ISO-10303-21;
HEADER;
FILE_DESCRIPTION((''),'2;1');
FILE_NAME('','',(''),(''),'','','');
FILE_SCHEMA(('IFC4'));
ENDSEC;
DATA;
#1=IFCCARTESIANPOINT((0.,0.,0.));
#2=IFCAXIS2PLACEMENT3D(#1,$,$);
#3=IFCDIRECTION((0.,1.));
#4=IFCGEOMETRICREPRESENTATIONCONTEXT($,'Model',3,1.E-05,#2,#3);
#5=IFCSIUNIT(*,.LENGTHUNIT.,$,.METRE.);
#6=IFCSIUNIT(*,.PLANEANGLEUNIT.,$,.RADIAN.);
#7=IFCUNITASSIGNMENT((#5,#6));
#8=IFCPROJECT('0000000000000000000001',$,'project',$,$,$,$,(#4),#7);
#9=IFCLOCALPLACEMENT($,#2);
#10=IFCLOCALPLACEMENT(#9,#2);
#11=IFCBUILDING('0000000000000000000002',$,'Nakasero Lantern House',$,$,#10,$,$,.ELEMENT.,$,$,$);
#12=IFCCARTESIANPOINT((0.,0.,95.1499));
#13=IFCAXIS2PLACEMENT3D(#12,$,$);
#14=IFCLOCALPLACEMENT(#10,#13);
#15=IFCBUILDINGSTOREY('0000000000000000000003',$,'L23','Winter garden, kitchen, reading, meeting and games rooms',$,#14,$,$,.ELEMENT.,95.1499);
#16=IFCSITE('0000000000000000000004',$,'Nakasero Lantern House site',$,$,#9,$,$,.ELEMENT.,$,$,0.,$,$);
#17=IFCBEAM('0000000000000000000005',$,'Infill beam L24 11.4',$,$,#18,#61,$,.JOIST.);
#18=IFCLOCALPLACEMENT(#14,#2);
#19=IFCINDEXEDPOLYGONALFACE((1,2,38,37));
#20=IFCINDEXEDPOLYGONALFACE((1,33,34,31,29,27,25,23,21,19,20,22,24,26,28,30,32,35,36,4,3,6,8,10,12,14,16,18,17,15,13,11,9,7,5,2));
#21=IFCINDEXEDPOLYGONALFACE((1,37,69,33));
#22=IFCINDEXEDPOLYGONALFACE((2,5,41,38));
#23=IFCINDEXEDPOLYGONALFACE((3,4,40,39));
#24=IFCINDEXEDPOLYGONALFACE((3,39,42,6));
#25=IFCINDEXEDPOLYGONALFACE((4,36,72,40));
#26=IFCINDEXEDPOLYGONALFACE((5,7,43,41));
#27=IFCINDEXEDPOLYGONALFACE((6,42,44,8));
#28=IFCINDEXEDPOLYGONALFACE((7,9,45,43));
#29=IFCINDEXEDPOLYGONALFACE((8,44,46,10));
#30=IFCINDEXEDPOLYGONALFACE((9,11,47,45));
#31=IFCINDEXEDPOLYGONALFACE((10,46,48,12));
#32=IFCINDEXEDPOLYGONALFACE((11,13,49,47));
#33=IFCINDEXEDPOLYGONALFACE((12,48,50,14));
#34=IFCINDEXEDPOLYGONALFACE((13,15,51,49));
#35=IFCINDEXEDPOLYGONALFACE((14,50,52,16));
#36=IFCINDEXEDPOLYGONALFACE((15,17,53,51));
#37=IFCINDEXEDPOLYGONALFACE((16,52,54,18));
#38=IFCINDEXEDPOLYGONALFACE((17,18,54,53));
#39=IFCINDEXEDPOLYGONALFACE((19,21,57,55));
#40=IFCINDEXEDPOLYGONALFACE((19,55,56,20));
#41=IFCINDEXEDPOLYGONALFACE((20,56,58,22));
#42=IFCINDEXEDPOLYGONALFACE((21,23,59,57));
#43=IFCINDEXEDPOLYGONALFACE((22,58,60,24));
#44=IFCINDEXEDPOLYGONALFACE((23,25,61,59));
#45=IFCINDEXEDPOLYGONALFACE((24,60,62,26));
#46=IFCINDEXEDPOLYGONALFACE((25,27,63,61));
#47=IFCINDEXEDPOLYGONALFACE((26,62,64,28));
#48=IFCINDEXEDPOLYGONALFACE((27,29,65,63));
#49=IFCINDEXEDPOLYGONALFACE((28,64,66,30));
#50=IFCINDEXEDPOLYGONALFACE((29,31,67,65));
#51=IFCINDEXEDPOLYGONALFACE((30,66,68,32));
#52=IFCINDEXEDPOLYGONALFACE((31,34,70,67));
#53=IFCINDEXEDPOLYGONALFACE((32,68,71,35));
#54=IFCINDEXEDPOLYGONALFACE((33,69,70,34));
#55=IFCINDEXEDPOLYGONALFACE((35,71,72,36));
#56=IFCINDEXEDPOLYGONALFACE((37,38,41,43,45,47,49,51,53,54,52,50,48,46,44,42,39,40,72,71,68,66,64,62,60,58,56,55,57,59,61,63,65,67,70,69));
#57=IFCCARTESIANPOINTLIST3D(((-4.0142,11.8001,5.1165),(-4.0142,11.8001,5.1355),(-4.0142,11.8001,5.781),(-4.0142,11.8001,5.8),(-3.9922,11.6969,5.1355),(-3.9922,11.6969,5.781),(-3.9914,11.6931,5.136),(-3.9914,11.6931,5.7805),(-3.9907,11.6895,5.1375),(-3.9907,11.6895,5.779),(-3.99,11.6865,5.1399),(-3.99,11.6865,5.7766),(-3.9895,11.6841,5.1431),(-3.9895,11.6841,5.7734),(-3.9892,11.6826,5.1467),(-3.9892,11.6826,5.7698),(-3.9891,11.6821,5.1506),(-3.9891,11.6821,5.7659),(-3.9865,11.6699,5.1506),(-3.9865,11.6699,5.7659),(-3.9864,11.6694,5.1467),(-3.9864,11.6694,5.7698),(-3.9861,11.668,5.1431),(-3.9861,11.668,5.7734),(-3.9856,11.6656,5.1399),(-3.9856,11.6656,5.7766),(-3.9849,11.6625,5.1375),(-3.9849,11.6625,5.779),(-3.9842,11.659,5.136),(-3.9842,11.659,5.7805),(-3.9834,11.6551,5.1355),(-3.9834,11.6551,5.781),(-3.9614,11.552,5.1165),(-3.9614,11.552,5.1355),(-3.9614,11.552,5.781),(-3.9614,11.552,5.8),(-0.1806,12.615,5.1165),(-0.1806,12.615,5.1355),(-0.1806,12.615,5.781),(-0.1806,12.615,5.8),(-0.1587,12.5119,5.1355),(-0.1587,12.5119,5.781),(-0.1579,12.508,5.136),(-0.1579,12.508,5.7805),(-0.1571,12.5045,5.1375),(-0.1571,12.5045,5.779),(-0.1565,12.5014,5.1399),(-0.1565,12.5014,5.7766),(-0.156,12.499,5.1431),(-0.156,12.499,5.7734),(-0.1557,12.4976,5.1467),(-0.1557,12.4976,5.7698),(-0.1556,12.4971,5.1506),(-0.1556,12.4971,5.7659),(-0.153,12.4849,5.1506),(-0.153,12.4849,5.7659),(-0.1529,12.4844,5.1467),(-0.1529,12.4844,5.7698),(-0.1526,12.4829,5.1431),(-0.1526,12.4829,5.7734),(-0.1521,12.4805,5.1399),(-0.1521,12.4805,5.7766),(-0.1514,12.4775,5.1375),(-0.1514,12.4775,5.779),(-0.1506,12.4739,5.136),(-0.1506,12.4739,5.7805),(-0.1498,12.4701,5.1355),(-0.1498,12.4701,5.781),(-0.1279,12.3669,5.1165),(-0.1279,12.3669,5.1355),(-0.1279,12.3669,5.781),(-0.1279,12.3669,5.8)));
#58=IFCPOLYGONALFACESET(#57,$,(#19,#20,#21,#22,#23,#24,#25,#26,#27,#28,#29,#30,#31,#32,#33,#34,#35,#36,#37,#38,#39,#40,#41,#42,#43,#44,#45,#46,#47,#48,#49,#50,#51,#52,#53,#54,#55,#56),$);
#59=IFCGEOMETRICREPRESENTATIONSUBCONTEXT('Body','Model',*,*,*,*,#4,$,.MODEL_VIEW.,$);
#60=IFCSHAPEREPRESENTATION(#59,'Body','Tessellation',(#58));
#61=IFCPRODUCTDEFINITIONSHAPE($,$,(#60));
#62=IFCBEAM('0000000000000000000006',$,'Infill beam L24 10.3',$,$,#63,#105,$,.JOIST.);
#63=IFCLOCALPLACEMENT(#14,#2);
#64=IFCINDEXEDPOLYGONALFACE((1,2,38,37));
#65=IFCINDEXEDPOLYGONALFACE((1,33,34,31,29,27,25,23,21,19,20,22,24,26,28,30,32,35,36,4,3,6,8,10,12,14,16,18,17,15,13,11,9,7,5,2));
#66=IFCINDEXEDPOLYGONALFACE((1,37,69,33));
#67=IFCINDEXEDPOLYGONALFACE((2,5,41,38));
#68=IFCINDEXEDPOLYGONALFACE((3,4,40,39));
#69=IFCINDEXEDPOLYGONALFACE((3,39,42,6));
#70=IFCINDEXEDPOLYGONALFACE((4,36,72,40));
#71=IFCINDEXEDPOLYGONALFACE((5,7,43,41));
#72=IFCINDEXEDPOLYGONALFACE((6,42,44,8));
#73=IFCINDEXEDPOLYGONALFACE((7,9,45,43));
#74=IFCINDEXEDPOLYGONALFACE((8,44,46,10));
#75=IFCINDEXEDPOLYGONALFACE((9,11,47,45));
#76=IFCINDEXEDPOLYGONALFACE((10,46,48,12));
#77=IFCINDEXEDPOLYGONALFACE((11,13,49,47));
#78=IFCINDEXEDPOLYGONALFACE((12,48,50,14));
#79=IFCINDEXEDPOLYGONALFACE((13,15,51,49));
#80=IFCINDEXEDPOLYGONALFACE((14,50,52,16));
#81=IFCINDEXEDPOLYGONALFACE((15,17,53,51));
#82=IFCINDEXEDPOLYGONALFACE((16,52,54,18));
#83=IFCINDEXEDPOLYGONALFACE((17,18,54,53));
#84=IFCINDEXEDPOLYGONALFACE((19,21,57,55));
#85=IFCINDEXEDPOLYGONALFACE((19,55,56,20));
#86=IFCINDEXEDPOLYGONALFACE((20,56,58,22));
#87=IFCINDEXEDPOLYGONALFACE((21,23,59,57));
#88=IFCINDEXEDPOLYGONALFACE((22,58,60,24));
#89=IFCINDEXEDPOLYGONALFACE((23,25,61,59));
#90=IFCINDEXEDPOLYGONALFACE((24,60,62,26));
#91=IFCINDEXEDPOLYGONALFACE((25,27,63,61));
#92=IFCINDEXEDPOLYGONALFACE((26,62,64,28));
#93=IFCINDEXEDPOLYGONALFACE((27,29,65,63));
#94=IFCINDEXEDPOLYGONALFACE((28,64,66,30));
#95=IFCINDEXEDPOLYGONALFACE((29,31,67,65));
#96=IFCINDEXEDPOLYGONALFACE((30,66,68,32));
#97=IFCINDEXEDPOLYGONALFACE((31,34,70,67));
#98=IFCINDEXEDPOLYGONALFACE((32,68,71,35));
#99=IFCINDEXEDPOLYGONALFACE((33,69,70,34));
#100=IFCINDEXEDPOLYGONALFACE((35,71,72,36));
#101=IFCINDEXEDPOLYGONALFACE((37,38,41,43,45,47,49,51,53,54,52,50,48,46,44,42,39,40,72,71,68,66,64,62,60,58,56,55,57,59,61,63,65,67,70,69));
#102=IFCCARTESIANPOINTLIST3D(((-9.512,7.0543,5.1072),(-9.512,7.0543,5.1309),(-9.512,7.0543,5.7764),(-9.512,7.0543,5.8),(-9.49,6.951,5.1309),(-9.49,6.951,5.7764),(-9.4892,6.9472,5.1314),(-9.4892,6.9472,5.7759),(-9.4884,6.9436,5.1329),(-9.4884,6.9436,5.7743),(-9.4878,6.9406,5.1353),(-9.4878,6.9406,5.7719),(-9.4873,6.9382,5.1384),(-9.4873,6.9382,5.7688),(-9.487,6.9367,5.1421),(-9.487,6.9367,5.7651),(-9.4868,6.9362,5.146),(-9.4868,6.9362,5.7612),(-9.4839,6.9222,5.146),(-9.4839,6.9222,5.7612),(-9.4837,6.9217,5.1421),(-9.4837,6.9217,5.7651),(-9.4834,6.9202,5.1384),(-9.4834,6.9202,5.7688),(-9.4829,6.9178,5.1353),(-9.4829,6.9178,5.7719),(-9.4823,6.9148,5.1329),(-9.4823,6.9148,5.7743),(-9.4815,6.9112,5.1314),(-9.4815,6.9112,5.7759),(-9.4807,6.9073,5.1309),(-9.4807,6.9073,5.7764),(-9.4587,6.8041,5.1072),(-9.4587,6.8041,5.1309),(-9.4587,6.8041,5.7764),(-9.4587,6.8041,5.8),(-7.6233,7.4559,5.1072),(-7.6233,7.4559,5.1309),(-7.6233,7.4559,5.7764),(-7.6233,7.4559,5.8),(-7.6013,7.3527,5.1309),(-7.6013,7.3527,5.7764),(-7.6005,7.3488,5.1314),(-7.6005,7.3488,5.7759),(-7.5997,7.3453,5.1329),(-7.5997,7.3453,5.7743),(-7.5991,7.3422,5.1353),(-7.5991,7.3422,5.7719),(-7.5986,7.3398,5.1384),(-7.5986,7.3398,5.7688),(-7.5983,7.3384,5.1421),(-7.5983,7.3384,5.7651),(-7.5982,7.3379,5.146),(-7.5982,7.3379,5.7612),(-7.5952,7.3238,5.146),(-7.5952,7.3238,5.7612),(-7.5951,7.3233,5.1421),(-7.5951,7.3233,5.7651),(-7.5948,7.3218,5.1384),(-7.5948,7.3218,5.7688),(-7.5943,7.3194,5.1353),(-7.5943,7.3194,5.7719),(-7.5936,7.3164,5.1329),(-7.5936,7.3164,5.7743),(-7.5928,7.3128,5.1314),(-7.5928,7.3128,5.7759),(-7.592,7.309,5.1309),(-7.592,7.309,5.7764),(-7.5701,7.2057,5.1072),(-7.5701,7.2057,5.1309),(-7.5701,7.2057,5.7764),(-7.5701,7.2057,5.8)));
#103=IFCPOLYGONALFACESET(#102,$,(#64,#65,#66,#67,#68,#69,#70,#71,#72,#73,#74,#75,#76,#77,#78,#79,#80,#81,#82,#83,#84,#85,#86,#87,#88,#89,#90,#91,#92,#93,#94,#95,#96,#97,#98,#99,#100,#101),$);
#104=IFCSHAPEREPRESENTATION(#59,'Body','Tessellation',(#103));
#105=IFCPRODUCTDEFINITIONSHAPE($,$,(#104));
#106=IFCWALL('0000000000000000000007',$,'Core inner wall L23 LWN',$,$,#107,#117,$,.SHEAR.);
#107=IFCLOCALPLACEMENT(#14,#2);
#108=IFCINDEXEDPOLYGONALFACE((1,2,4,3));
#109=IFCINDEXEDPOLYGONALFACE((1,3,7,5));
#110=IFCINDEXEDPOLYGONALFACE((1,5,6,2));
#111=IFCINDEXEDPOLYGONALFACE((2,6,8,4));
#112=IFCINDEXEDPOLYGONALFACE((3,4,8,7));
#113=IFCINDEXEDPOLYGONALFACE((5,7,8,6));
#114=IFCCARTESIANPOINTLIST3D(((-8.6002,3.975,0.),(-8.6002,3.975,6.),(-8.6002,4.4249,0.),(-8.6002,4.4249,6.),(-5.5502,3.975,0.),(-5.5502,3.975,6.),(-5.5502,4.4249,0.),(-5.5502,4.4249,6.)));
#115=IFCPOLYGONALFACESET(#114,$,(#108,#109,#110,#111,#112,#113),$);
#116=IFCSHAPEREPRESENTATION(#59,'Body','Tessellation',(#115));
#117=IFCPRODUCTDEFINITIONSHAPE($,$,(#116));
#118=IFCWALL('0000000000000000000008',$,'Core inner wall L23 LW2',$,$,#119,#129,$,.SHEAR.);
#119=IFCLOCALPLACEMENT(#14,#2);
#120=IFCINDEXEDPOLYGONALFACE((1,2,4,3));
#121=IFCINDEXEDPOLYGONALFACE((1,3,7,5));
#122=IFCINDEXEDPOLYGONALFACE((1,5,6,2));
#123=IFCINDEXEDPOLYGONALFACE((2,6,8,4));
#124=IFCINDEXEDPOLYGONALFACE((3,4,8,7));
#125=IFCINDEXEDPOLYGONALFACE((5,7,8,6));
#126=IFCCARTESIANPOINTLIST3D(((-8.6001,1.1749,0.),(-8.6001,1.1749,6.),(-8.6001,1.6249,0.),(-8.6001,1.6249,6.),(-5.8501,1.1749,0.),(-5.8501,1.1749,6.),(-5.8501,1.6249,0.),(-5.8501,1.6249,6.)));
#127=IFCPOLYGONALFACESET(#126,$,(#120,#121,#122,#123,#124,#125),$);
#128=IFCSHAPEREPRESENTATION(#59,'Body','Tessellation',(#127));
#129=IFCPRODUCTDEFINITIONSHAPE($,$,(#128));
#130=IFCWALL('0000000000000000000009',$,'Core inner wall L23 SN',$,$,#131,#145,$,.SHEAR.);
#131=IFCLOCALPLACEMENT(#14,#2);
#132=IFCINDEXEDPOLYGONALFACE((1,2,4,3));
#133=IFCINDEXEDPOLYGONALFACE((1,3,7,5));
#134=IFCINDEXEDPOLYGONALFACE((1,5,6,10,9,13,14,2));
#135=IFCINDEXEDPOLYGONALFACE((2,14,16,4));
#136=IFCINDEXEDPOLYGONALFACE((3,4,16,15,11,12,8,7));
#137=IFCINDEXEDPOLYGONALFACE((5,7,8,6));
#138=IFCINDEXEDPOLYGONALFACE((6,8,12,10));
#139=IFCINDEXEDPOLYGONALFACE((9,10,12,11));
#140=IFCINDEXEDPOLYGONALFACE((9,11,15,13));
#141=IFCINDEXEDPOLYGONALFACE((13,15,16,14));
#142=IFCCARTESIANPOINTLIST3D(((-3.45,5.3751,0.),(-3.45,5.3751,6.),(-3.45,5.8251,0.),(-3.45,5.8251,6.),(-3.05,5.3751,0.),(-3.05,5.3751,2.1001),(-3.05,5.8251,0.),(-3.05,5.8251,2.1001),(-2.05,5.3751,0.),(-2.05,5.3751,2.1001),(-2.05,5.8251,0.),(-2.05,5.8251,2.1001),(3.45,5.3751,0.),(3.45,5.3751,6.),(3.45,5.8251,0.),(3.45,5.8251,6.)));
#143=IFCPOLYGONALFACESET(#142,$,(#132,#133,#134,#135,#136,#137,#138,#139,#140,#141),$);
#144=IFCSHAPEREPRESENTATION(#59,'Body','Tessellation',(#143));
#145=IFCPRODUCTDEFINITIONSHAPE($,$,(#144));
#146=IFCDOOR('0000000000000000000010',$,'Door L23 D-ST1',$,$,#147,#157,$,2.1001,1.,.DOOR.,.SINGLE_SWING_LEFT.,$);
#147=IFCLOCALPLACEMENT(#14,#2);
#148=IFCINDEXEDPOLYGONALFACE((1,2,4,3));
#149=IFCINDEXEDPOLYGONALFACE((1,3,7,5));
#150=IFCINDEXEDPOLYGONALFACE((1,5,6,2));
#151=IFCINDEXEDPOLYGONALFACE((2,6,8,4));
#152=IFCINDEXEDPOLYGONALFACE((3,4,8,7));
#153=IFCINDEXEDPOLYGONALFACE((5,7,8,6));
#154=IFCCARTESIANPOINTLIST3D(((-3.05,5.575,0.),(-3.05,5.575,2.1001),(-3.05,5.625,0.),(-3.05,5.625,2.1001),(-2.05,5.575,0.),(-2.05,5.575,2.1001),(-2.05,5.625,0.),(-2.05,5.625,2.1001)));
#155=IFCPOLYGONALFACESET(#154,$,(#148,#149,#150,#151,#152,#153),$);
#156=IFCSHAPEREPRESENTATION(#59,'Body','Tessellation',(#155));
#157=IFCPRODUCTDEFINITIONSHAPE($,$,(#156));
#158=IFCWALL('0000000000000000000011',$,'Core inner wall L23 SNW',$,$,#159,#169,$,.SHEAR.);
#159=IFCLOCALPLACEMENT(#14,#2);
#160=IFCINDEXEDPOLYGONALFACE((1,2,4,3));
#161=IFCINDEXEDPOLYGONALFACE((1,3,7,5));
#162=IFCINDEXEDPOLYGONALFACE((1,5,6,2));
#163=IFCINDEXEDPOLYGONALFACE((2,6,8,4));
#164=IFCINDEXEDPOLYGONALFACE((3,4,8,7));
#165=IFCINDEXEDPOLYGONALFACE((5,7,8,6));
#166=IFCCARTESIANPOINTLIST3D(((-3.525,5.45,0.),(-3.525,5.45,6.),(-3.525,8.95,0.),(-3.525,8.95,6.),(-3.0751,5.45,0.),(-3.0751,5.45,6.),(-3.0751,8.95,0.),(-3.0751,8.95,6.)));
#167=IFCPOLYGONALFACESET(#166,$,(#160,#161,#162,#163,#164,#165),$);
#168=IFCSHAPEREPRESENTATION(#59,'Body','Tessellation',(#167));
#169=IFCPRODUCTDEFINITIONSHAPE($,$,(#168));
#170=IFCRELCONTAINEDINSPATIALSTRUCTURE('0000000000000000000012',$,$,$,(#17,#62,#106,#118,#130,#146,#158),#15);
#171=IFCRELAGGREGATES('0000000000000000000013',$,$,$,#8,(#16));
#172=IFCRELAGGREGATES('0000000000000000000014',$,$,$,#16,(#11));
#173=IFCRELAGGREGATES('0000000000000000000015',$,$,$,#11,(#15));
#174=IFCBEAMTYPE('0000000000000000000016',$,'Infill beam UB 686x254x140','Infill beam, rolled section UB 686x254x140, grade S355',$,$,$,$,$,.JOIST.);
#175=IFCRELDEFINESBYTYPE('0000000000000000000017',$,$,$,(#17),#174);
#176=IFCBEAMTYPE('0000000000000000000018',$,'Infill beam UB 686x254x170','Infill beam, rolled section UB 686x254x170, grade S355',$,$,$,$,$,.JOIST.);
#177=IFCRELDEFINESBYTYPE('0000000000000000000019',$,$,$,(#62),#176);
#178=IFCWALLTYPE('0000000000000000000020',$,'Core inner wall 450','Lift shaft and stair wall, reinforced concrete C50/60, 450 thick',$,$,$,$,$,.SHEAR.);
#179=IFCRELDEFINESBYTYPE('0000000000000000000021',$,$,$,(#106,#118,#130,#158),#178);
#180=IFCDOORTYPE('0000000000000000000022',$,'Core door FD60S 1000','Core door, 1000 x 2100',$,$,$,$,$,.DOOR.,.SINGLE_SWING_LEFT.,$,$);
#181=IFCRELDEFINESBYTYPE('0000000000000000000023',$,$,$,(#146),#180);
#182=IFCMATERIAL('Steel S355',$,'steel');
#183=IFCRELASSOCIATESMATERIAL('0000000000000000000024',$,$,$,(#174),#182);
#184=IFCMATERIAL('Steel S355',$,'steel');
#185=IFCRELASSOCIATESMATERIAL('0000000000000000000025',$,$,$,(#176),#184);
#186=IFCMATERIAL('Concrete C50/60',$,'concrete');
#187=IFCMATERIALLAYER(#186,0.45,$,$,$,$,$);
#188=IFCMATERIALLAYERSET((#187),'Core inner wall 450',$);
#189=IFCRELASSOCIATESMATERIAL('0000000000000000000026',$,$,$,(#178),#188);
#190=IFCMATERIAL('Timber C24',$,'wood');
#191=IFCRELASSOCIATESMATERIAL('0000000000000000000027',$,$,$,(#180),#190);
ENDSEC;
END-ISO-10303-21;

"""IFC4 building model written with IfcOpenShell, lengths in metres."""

from ifc_helpers import new_model, si_unit, direction, frame, frame_2d, origin, origin_2d, place, context, subcontext, project, spatial, rectangle, i_section, extrude, material, layer, layer_set, material_profile, profile_set, type_object, element, fill, save


model = new_model("IFC4")

# Units and contexts
model_context = context("Model", 3, precision=1e-05, world=origin(), true_north=direction((0.0, 1.0)))
body_context = subcontext(model_context, "Body", "Model", "MODEL_VIEW")
ifc_project = project(units=[si_unit("LENGTHUNIT", "METRE"), si_unit("PLANEANGLEUNIT", "RADIAN")], contexts=[model_context])

# Site, building, storey
site_placement = place(None, origin())
site = spatial("IfcSite", under=ifc_project, at=site_placement, Name="Nakasero Lantern House site", CompositionType="ELEMENT", RefElevation=0.0)
building_placement = place(site_placement, origin())
building = spatial("IfcBuilding", under=site, at=building_placement, Name="Nakasero Lantern House", CompositionType="ELEMENT")
storey_placement = place(building_placement, frame((0.0, 0.0, 95.1499)))
storey = spatial("IfcBuildingStorey", under=building, at=storey_placement, Name="L23", Description="Winter garden, kitchen, reading, meeting and games rooms", CompositionType="ELEMENT", Elevation=95.1499)

# Beams
ifc_material_1 = material(Name="Steel S355", Category="steel")
ifc_material_profile_1 = material_profile(ifc_material_1, i_section(OverallWidth=0.2537, OverallDepth=0.6836, WebThickness=0.0125, FlangeThickness=0.019, FilletRadius=0.0151, at=origin_2d()), Name="UB 686x254x140")
ifc_profile_set_1 = profile_set([ifc_material_profile_1], Name="Steel S355")
beam_type_1 = type_object("IfcBeamType", Name="Infill beam UB 686x254x140", Description="Infill beam, rolled section UB 686x254x140, grade S355", PredefinedType="JOIST", material=ifc_profile_set_1)
beam_1_placement = place(storey_placement, frame((-3.9878, 11.676, 5.4583), z_axis=(0.978142, 0.207938, 0.0), x_axis=(-0.207938, 0.978142, 0.0)))
element("IfcBeam", 1, at=beam_1_placement, inside=storey, type_object=beam_type_1, Name="Infill beam L24 11.4", PredefinedType="JOIST", context=body_context, shape_type="SweptSolid", body=[
    extrude(i_section(OverallWidth=0.2537, OverallDepth=0.6836, WebThickness=0.0125, FlangeThickness=0.019, FilletRadius=0.0151, at=origin_2d()), origin(), (0.0, 0.0, 1.0), 3.9192),
])
ifc_material_2 = material(Name="Steel S355", Category="steel")
ifc_material_profile_2 = material_profile(ifc_material_2, i_section(OverallWidth=0.2559, OverallDepth=0.6929, WebThickness=0.0144, FlangeThickness=0.0237, FilletRadius=0.0151, at=origin_2d()), Name="UB 686x254x170")
ifc_profile_set_2 = profile_set([ifc_material_profile_2], Name="Steel S355")
beam_type_2 = type_object("IfcBeamType", Name="Infill beam UB 686x254x170", Description="Infill beam, rolled section UB 686x254x170, grade S355", PredefinedType="JOIST", material=ifc_profile_set_2)
beam_2_placement = place(storey_placement, frame((-9.4854, 6.9292, 5.4536), z_axis=(0.978131, 0.207992, 0.0), x_axis=(-0.207992, 0.978131, 0.0)))
element("IfcBeam", 2, at=beam_2_placement, inside=storey, type_object=beam_type_2, Name="Infill beam L24 10.3", PredefinedType="JOIST", context=body_context, shape_type="SweptSolid", body=[
    extrude(i_section(OverallWidth=0.2559, OverallDepth=0.6929, WebThickness=0.0144, FlangeThickness=0.0237, FilletRadius=0.0151, at=origin_2d()), origin(), (0.0, 0.0, 1.0), 1.9309),
])

# Walls
ifc_material_3 = material(Name="Concrete C50/60", Category="concrete")
ifc_layer_1 = layer(ifc_material_3, 0.45)
ifc_layer_set_1 = layer_set([ifc_layer_1], Name="Core inner wall 450")
wall_type_1 = type_object("IfcWallType", Name="Core inner wall 450", Description="Lift shaft and stair wall, reinforced concrete C50/60, 450 thick", PredefinedType="SHEAR", material=ifc_layer_set_1)
wall_1_placement = place(storey_placement, frame((-8.6001, 4.2, 0.0), z_axis=(0.0, 0.0, 1.0), x_axis=(1.0, 0.0, 0.0)))
element("IfcWall", 3, at=wall_1_placement, inside=storey, type_object=wall_type_1, Name="Core inner wall L23 LWN", PredefinedType="SHEAR", context=body_context, shape_type="SweptSolid", body=[
    extrude(rectangle(XDim=3.05, YDim=0.45, at=frame_2d((1.5249, 0.0))), origin(), (0.0, 0.0, 1.0), 6.0),
])
wall_2_placement = place(storey_placement, frame((-8.6001, 1.3999, 0.0), z_axis=(0.0, 0.0, 1.0), x_axis=(1.0, 0.0, 0.0)))
element("IfcWall", 4, at=wall_2_placement, inside=storey, type_object=wall_type_1, Name="Core inner wall L23 LW2", PredefinedType="SHEAR", context=body_context, shape_type="SweptSolid", body=[
    extrude(rectangle(XDim=2.75, YDim=0.45, at=frame_2d((1.375, 0.0))), origin(), (0.0, 0.0, 1.0), 6.0),
])

# Wall, opening, door
wall_3_placement = place(storey_placement, frame((-3.45, 5.6001, 0.0), z_axis=(0.0, 0.0, 1.0), x_axis=(1.0, 0.0, 0.0)))
wall_3 = element("IfcWall", 5, at=wall_3_placement, inside=storey, type_object=wall_type_1, Name="Core inner wall L23 SN", PredefinedType="SHEAR", context=body_context, shape_type="SweptSolid", body=[
    extrude(rectangle(XDim=6.8999, YDim=0.45, at=frame_2d((3.45, 0.0))), origin(), (0.0, 0.0, 1.0), 6.0),
])
opening_1_placement = place(wall_3_placement, frame((0.3999, 0.0, 0.0)))
opening_1 = element("IfcOpeningElement", 6, at=opening_1_placement, cuts=wall_3, PredefinedType="OPENING", context=body_context, shape_type="SweptSolid", body=[
    extrude(rectangle(XDim=1.0, YDim=2.1001, at=frame_2d((0.5, 1.05))), frame((0.0, 0.2449, 0.0), z_axis=(0.0, -1.0, 0.0), x_axis=(1.0, 0.0, 0.0)), (0.0, 0.0, 1.0), 0.49),
])
ifc_material_4 = material(Name="Timber C24", Category="wood")
door_type_1 = type_object("IfcDoorType", Name="Core door FD60S 1000", Description="Core door, 1000 x 2100", OperationType="SINGLE_SWING_LEFT", PredefinedType="DOOR", material=ifc_material_4)
door_1_placement = place(opening_1_placement, origin())
door_1 = element("IfcDoor", 7, at=door_1_placement, inside=storey, type_object=door_type_1, Name="Door L23 D-ST1", OperationType="SINGLE_SWING_LEFT", OverallHeight=2.1001, OverallWidth=1.0, PredefinedType="DOOR", context=body_context, shape_type="SweptSolid", body=[
    extrude(rectangle(XDim=1.0, YDim=2.1001, at=frame_2d((0.5, 1.05))), frame((0.0, 0.0249, 0.0), z_axis=(0.0, -1.0, 0.0), x_axis=(1.0, 0.0, 0.0)), (0.0, 0.0, 1.0), 0.05),
])
fill(opening_1, door_1)

# Wall
wall_4_placement = place(storey_placement, frame((-3.3, 5.45, 0.0), z_axis=(0.0, 0.0, 1.0), x_axis=(0.0, 1.0, 0.0)))
element("IfcWall", 8, at=wall_4_placement, inside=storey, type_object=wall_type_1, Name="Core inner wall L23 SNW", PredefinedType="SHEAR", context=body_context, shape_type="SweptSolid", body=[
    extrude(rectangle(XDim=3.5, YDim=0.45, at=frame_2d((1.75, 0.0))), origin(), (0.0, 0.0, 1.0), 6.0),
])

save(model, "model.ifc")
